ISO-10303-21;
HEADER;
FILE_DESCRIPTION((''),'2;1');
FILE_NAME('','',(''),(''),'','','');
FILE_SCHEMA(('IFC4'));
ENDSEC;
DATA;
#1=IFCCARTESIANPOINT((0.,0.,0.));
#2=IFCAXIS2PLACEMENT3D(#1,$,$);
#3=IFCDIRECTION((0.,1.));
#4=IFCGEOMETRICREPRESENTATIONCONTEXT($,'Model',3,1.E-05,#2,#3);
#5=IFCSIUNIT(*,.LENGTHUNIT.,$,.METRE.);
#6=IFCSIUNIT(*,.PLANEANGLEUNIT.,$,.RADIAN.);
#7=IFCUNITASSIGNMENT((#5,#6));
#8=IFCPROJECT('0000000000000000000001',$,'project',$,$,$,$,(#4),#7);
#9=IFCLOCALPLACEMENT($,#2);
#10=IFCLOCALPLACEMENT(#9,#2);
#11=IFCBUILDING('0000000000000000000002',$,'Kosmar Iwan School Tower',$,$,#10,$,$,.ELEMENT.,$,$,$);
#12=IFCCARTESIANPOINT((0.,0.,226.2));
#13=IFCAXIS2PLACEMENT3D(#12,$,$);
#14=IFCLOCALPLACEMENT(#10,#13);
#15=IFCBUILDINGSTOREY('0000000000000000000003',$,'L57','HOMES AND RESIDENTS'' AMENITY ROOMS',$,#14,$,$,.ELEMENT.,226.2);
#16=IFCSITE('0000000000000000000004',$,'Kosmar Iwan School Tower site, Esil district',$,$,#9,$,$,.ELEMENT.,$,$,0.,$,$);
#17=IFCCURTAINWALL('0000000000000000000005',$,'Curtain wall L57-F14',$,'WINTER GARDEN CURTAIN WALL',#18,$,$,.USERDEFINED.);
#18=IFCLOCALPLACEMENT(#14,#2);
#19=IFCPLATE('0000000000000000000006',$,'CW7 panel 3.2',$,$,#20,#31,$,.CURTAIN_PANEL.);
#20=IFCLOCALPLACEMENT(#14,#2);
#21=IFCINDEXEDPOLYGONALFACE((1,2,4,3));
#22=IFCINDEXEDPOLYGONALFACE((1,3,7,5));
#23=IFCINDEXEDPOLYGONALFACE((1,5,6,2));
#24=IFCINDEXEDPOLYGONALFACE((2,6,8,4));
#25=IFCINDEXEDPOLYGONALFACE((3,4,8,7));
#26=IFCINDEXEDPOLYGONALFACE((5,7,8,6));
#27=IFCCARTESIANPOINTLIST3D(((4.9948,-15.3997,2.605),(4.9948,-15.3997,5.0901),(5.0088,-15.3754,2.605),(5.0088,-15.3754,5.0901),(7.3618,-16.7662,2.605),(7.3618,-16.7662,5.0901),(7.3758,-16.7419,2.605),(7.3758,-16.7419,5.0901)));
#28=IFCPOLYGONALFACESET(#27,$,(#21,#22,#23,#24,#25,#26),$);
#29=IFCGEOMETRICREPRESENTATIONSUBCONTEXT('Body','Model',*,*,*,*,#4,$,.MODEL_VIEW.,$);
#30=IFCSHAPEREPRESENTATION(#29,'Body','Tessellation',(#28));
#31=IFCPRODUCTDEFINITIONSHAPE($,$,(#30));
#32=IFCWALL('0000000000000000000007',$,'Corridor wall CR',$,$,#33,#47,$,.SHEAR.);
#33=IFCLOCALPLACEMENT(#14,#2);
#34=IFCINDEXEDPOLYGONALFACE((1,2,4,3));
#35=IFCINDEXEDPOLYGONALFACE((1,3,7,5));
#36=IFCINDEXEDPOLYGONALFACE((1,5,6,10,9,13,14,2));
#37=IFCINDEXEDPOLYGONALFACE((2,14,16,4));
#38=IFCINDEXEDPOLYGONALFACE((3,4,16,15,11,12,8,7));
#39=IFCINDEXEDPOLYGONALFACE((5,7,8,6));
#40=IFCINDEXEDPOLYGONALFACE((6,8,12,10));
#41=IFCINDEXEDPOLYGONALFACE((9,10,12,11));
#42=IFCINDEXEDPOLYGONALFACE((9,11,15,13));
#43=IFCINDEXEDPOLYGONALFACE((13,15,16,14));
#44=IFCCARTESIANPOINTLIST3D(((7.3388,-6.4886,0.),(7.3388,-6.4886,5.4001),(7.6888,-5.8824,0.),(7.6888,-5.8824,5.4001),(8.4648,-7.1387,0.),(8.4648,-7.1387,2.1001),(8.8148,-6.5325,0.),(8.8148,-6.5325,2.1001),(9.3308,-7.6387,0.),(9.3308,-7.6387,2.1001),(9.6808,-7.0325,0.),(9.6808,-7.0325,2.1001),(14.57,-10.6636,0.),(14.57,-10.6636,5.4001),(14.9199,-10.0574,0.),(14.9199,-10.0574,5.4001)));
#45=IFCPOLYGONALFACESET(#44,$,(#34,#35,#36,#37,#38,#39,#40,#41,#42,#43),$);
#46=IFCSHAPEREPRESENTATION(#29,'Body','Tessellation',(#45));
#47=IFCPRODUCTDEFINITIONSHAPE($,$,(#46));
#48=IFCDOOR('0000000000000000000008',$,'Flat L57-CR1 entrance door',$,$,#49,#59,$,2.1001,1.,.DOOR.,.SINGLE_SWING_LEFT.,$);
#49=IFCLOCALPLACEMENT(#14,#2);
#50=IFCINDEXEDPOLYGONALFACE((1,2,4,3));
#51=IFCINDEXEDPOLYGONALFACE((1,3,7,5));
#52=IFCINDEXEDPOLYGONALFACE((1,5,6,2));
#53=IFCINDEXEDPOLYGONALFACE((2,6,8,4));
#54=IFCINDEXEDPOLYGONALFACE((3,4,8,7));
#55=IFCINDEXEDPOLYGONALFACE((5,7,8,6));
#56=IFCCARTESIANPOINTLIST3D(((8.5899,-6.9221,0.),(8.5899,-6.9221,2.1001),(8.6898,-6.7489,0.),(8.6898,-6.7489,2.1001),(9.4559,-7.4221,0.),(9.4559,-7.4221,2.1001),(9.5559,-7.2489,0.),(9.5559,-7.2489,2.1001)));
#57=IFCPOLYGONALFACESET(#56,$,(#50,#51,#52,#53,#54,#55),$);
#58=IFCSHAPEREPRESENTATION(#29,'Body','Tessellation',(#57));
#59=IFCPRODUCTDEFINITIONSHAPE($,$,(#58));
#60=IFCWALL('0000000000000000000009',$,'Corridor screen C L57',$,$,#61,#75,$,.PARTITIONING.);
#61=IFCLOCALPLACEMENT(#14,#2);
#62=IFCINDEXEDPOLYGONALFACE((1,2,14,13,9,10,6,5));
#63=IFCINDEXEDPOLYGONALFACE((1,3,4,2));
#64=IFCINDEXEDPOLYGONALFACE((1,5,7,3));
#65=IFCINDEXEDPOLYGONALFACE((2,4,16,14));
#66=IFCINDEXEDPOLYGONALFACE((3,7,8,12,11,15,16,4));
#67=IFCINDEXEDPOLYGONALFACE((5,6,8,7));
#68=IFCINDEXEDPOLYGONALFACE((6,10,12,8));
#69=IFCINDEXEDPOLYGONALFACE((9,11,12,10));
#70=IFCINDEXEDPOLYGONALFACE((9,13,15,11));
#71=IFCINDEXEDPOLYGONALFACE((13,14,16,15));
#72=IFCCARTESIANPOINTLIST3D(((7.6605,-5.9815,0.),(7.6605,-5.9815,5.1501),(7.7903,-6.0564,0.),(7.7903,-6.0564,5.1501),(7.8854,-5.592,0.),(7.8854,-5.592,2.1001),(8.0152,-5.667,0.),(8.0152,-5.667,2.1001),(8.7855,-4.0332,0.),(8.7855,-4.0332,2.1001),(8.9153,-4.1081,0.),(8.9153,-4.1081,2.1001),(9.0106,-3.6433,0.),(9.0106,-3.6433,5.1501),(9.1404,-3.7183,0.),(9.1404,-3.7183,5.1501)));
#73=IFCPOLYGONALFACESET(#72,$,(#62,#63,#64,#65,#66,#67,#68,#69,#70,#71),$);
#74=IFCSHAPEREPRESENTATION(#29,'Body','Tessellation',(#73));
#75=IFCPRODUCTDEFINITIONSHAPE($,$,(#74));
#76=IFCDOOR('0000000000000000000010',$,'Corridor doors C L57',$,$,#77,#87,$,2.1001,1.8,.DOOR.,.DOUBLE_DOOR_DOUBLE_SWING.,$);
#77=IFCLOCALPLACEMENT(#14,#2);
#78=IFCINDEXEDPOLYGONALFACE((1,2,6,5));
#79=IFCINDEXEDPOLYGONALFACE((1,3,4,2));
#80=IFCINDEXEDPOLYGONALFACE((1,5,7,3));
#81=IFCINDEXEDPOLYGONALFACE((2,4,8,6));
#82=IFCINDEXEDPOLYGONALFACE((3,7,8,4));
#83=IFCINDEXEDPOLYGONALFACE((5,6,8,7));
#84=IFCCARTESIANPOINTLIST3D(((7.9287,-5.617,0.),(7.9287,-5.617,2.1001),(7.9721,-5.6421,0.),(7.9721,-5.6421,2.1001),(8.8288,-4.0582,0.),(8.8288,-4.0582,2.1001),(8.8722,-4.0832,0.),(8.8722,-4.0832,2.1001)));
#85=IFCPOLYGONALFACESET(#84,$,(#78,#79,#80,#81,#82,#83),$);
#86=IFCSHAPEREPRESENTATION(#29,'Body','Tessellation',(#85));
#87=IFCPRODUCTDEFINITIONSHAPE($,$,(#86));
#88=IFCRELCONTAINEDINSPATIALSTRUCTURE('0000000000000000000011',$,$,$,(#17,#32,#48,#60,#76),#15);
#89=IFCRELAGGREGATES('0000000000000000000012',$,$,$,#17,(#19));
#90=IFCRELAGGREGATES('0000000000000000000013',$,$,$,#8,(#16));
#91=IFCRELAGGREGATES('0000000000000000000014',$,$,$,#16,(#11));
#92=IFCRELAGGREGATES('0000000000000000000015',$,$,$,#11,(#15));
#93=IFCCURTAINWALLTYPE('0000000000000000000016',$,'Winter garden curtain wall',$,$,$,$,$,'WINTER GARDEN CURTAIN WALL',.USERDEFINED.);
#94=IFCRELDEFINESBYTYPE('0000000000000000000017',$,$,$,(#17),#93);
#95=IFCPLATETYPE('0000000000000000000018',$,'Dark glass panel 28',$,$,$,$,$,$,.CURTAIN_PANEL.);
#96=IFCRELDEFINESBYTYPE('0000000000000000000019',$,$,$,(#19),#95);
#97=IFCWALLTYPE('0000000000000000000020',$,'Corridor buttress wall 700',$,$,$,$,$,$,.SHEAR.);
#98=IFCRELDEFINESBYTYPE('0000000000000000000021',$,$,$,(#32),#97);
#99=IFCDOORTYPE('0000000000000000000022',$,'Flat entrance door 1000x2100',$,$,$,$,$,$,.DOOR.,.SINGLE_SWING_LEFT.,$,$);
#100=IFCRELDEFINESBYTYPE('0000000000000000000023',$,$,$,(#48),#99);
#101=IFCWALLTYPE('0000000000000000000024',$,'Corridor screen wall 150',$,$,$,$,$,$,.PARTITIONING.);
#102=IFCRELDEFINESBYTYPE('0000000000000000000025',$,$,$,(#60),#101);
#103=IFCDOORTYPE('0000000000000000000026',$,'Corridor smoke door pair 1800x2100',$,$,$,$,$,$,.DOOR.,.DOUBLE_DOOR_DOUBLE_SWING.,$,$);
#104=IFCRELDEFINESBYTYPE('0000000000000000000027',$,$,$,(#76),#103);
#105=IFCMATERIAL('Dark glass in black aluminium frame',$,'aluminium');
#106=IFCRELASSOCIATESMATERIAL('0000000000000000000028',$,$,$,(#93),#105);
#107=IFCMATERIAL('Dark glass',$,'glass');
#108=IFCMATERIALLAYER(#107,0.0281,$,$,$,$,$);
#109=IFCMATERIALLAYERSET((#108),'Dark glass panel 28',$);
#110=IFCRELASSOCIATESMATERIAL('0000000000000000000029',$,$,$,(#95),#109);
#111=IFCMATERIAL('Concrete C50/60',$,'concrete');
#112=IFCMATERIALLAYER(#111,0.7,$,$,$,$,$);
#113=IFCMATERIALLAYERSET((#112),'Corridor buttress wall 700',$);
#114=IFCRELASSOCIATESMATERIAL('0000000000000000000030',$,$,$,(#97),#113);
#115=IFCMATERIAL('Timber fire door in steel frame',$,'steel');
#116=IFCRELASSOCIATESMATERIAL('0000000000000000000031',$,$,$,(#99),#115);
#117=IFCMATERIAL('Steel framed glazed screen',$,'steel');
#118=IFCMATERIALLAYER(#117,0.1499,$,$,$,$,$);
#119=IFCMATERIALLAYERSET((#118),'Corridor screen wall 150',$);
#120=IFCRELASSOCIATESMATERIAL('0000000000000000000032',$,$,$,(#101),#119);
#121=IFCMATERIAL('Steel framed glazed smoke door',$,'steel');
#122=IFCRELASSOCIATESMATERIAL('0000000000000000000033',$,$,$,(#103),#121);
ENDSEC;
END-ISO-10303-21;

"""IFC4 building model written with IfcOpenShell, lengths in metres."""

from ifc_helpers import new_model, si_unit, direction, frame, frame_2d, origin, origin_2d, place, context, subcontext, project, spatial, rectangle, extrude, material, layer, layer_set, type_object, element, fill, aggregate, save


model = new_model("IFC4")

# Units and contexts
model_context = context("Model", 3, precision=1e-05, world=origin(), true_north=direction((0.0, 1.0)))
body_context = subcontext(model_context, "Body", "Model", "MODEL_VIEW")
ifc_project = project(units=[si_unit("LENGTHUNIT", "METRE"), si_unit("PLANEANGLEUNIT", "RADIAN")], contexts=[model_context])

# Site, building, storey
site_placement = place(None, origin())
site = spatial("IfcSite", under=ifc_project, at=site_placement, Name="Kosmar Iwan School Tower site, Esil district", CompositionType="ELEMENT", RefElevation=0.0)
building_placement = place(site_placement, origin())
building = spatial("IfcBuilding", under=site, at=building_placement, Name="Kosmar Iwan School Tower", CompositionType="ELEMENT")
storey_placement = place(building_placement, frame((0.0, 0.0, 226.2)))
storey = spatial("IfcBuildingStorey", under=building, at=storey_placement, Name="L57", Description="HOMES AND RESIDENTS' AMENITY ROOMS", CompositionType="ELEMENT", Elevation=226.2)

# Curtain wall
ifc_material_1 = material(Name="Dark glass in black aluminium frame", Category="aluminium")
curtain_wall_type = type_object("IfcCurtainWallType", Name="Winter garden curtain wall", ElementType="WINTER GARDEN CURTAIN WALL", PredefinedType="USERDEFINED", material=ifc_material_1)
curtain_wall_placement = place(storey_placement, origin())
curtain_wall = element("IfcCurtainWall", 1, at=curtain_wall_placement, inside=storey, type_object=curtain_wall_type, Name="Curtain wall L57-F14", ObjectType="WINTER GARDEN CURTAIN WALL", PredefinedType="USERDEFINED")

# Plate
ifc_material_2 = material(Name="Dark glass", Category="glass")
ifc_layer_1 = layer(ifc_material_2, 0.0281)
ifc_layer_set_1 = layer_set([ifc_layer_1], Name="Dark glass panel 28")
plate_type = type_object("IfcPlateType", Name="Dark glass panel 28", PredefinedType="CURTAIN_PANEL", material=ifc_layer_set_1)
plate_1_placement = place(storey_placement, frame((6.1853, -16.0708, 2.605), z_axis=(0.0, 0.0, 1.0), x_axis=(0.866025, -0.5, 0.0)))
plate_1 = element("IfcPlate", 2, at=plate_1_placement, type_object=plate_type, Name="CW7 panel 3.2", PredefinedType="CURTAIN_PANEL", context=body_context, shape_type="SweptSolid", body=[
    extrude(rectangle(XDim=2.7332, YDim=0.0281, at=origin_2d()), origin(), (0.0, 0.0, 1.0), 2.4851),
])
aggregate(curtain_wall, [plate_1])

# Walls, openings, doors
ifc_material_3 = material(Name="Concrete C50/60", Category="concrete")
ifc_layer_2 = layer(ifc_material_3, 0.7)
ifc_layer_set_2 = layer_set([ifc_layer_2], Name="Corridor buttress wall 700")
wall_type_1 = type_object("IfcWallType", Name="Corridor buttress wall 700", PredefinedType="SHEAR", material=ifc_layer_set_2)
wall_1_placement = place(storey_placement, frame((7.5139, -6.1855, 0.0), z_axis=(0.0, 0.0, 1.0), x_axis=(0.86602, -0.50001, 0.0)))
wall_1 = element("IfcWall", 3, at=wall_1_placement, inside=storey, type_object=wall_type_1, Name="Corridor wall CR", PredefinedType="SHEAR", context=body_context, shape_type="SweptSolid", body=[
    extrude(rectangle(XDim=8.3499, YDim=0.7, at=frame_2d((4.1748, 0.0))), origin(), (0.0, 0.0, 1.0), 5.4001),
])
opening_1_placement = place(wall_1_placement, frame((1.3, 0.0, 0.0)))
opening_1 = element("IfcOpeningElement", 4, at=opening_1_placement, cuts=wall_1, PredefinedType="OPENING", context=body_context, shape_type="SweptSolid", body=[
    extrude(rectangle(XDim=1.0, YDim=2.1001, at=frame_2d((0.5, 1.05))), frame((0.0, 0.3621, 0.0), z_axis=(0.0, -1.0, 0.0), x_axis=(1.0, 0.0, 0.0)), (0.0, 0.0, 1.0), 0.7239),
])
ifc_material_4 = material(Name="Timber fire door in steel frame", Category="steel")
door_type_1 = type_object("IfcDoorType", Name="Flat entrance door 1000x2100", OperationType="SINGLE_SWING_LEFT", PredefinedType="DOOR", material=ifc_material_4)
door_1_placement = place(opening_1_placement, origin())
door_1 = element("IfcDoor", 5, at=door_1_placement, inside=storey, type_object=door_type_1, Name="Flat L57-CR1 entrance door", OperationType="SINGLE_SWING_LEFT", OverallHeight=2.1001, OverallWidth=1.0, PredefinedType="DOOR", context=body_context, shape_type="SweptSolid", body=[
    extrude(rectangle(XDim=1.0, YDim=2.1001, at=frame_2d((0.5, 1.05))), frame((0.0, 0.1001, 0.0), z_axis=(0.0, -1.0, 0.0), x_axis=(1.0, 0.0, 0.0)), (0.0, 0.0, 1.0), 0.2),
])
fill(opening_1, door_1)
ifc_material_5 = material(Name="Steel framed glazed screen", Category="steel")
ifc_layer_3 = layer(ifc_material_5, 0.1499)
ifc_layer_set_3 = layer_set([ifc_layer_3], Name="Corridor screen wall 150")
wall_type_2 = type_object("IfcWallType", Name="Corridor screen wall 150", PredefinedType="PARTITIONING", material=ifc_layer_set_3)
wall_2_placement = place(storey_placement, frame((7.7253, -6.019, 0.0), z_axis=(0.0, 0.0, 1.0), x_axis=(0.500049, 0.865997, 0.0)))
wall_2 = element("IfcWall", 6, at=wall_2_placement, inside=storey, type_object=wall_type_2, Name="Corridor screen C L57", PredefinedType="PARTITIONING", context=body_context, shape_type="SweptSolid", body=[
    extrude(rectangle(XDim=2.7, YDim=0.1499, at=frame_2d((1.3501, 0.0))), origin(), (0.0, 0.0, 1.0), 5.1501),
])
opening_2_placement = place(wall_2_placement, frame((0.45, 0.0, 0.0)))
opening_2 = element("IfcOpeningElement", 7, at=opening_2_placement, cuts=wall_2, PredefinedType="OPENING", context=body_context, shape_type="SweptSolid", body=[
    extrude(rectangle(XDim=1.8, YDim=2.1001, at=frame_2d((0.8999, 1.05))), frame((0.0, 0.0869, 0.0), z_axis=(0.0, -1.0, 0.0), x_axis=(1.0, 0.0, 0.0)), (0.0, 0.0, 1.0), 0.1738),
])
ifc_material_6 = material(Name="Steel framed glazed smoke door", Category="steel")
door_type_2 = type_object("IfcDoorType", Name="Corridor smoke door pair 1800x2100", OperationType="DOUBLE_DOOR_DOUBLE_SWING", PredefinedType="DOOR", material=ifc_material_6)
door_2_placement = place(opening_2_placement, origin())
door_2 = element("IfcDoor", 8, at=door_2_placement, inside=storey, type_object=door_type_2, Name="Corridor doors C L57", OperationType="DOUBLE_DOOR_DOUBLE_SWING", OverallHeight=2.1001, OverallWidth=1.8, PredefinedType="DOOR", context=body_context, shape_type="SweptSolid", body=[
    extrude(rectangle(XDim=1.8, YDim=2.1001, at=frame_2d((0.8999, 1.05))), frame((0.0, 0.0249, 0.0), z_axis=(0.0, -1.0, 0.0), x_axis=(1.0, 0.0, 0.0)), (0.0, 0.0, 1.0), 0.05),
])
fill(opening_2, door_2)

save(model, "model.ifc")
